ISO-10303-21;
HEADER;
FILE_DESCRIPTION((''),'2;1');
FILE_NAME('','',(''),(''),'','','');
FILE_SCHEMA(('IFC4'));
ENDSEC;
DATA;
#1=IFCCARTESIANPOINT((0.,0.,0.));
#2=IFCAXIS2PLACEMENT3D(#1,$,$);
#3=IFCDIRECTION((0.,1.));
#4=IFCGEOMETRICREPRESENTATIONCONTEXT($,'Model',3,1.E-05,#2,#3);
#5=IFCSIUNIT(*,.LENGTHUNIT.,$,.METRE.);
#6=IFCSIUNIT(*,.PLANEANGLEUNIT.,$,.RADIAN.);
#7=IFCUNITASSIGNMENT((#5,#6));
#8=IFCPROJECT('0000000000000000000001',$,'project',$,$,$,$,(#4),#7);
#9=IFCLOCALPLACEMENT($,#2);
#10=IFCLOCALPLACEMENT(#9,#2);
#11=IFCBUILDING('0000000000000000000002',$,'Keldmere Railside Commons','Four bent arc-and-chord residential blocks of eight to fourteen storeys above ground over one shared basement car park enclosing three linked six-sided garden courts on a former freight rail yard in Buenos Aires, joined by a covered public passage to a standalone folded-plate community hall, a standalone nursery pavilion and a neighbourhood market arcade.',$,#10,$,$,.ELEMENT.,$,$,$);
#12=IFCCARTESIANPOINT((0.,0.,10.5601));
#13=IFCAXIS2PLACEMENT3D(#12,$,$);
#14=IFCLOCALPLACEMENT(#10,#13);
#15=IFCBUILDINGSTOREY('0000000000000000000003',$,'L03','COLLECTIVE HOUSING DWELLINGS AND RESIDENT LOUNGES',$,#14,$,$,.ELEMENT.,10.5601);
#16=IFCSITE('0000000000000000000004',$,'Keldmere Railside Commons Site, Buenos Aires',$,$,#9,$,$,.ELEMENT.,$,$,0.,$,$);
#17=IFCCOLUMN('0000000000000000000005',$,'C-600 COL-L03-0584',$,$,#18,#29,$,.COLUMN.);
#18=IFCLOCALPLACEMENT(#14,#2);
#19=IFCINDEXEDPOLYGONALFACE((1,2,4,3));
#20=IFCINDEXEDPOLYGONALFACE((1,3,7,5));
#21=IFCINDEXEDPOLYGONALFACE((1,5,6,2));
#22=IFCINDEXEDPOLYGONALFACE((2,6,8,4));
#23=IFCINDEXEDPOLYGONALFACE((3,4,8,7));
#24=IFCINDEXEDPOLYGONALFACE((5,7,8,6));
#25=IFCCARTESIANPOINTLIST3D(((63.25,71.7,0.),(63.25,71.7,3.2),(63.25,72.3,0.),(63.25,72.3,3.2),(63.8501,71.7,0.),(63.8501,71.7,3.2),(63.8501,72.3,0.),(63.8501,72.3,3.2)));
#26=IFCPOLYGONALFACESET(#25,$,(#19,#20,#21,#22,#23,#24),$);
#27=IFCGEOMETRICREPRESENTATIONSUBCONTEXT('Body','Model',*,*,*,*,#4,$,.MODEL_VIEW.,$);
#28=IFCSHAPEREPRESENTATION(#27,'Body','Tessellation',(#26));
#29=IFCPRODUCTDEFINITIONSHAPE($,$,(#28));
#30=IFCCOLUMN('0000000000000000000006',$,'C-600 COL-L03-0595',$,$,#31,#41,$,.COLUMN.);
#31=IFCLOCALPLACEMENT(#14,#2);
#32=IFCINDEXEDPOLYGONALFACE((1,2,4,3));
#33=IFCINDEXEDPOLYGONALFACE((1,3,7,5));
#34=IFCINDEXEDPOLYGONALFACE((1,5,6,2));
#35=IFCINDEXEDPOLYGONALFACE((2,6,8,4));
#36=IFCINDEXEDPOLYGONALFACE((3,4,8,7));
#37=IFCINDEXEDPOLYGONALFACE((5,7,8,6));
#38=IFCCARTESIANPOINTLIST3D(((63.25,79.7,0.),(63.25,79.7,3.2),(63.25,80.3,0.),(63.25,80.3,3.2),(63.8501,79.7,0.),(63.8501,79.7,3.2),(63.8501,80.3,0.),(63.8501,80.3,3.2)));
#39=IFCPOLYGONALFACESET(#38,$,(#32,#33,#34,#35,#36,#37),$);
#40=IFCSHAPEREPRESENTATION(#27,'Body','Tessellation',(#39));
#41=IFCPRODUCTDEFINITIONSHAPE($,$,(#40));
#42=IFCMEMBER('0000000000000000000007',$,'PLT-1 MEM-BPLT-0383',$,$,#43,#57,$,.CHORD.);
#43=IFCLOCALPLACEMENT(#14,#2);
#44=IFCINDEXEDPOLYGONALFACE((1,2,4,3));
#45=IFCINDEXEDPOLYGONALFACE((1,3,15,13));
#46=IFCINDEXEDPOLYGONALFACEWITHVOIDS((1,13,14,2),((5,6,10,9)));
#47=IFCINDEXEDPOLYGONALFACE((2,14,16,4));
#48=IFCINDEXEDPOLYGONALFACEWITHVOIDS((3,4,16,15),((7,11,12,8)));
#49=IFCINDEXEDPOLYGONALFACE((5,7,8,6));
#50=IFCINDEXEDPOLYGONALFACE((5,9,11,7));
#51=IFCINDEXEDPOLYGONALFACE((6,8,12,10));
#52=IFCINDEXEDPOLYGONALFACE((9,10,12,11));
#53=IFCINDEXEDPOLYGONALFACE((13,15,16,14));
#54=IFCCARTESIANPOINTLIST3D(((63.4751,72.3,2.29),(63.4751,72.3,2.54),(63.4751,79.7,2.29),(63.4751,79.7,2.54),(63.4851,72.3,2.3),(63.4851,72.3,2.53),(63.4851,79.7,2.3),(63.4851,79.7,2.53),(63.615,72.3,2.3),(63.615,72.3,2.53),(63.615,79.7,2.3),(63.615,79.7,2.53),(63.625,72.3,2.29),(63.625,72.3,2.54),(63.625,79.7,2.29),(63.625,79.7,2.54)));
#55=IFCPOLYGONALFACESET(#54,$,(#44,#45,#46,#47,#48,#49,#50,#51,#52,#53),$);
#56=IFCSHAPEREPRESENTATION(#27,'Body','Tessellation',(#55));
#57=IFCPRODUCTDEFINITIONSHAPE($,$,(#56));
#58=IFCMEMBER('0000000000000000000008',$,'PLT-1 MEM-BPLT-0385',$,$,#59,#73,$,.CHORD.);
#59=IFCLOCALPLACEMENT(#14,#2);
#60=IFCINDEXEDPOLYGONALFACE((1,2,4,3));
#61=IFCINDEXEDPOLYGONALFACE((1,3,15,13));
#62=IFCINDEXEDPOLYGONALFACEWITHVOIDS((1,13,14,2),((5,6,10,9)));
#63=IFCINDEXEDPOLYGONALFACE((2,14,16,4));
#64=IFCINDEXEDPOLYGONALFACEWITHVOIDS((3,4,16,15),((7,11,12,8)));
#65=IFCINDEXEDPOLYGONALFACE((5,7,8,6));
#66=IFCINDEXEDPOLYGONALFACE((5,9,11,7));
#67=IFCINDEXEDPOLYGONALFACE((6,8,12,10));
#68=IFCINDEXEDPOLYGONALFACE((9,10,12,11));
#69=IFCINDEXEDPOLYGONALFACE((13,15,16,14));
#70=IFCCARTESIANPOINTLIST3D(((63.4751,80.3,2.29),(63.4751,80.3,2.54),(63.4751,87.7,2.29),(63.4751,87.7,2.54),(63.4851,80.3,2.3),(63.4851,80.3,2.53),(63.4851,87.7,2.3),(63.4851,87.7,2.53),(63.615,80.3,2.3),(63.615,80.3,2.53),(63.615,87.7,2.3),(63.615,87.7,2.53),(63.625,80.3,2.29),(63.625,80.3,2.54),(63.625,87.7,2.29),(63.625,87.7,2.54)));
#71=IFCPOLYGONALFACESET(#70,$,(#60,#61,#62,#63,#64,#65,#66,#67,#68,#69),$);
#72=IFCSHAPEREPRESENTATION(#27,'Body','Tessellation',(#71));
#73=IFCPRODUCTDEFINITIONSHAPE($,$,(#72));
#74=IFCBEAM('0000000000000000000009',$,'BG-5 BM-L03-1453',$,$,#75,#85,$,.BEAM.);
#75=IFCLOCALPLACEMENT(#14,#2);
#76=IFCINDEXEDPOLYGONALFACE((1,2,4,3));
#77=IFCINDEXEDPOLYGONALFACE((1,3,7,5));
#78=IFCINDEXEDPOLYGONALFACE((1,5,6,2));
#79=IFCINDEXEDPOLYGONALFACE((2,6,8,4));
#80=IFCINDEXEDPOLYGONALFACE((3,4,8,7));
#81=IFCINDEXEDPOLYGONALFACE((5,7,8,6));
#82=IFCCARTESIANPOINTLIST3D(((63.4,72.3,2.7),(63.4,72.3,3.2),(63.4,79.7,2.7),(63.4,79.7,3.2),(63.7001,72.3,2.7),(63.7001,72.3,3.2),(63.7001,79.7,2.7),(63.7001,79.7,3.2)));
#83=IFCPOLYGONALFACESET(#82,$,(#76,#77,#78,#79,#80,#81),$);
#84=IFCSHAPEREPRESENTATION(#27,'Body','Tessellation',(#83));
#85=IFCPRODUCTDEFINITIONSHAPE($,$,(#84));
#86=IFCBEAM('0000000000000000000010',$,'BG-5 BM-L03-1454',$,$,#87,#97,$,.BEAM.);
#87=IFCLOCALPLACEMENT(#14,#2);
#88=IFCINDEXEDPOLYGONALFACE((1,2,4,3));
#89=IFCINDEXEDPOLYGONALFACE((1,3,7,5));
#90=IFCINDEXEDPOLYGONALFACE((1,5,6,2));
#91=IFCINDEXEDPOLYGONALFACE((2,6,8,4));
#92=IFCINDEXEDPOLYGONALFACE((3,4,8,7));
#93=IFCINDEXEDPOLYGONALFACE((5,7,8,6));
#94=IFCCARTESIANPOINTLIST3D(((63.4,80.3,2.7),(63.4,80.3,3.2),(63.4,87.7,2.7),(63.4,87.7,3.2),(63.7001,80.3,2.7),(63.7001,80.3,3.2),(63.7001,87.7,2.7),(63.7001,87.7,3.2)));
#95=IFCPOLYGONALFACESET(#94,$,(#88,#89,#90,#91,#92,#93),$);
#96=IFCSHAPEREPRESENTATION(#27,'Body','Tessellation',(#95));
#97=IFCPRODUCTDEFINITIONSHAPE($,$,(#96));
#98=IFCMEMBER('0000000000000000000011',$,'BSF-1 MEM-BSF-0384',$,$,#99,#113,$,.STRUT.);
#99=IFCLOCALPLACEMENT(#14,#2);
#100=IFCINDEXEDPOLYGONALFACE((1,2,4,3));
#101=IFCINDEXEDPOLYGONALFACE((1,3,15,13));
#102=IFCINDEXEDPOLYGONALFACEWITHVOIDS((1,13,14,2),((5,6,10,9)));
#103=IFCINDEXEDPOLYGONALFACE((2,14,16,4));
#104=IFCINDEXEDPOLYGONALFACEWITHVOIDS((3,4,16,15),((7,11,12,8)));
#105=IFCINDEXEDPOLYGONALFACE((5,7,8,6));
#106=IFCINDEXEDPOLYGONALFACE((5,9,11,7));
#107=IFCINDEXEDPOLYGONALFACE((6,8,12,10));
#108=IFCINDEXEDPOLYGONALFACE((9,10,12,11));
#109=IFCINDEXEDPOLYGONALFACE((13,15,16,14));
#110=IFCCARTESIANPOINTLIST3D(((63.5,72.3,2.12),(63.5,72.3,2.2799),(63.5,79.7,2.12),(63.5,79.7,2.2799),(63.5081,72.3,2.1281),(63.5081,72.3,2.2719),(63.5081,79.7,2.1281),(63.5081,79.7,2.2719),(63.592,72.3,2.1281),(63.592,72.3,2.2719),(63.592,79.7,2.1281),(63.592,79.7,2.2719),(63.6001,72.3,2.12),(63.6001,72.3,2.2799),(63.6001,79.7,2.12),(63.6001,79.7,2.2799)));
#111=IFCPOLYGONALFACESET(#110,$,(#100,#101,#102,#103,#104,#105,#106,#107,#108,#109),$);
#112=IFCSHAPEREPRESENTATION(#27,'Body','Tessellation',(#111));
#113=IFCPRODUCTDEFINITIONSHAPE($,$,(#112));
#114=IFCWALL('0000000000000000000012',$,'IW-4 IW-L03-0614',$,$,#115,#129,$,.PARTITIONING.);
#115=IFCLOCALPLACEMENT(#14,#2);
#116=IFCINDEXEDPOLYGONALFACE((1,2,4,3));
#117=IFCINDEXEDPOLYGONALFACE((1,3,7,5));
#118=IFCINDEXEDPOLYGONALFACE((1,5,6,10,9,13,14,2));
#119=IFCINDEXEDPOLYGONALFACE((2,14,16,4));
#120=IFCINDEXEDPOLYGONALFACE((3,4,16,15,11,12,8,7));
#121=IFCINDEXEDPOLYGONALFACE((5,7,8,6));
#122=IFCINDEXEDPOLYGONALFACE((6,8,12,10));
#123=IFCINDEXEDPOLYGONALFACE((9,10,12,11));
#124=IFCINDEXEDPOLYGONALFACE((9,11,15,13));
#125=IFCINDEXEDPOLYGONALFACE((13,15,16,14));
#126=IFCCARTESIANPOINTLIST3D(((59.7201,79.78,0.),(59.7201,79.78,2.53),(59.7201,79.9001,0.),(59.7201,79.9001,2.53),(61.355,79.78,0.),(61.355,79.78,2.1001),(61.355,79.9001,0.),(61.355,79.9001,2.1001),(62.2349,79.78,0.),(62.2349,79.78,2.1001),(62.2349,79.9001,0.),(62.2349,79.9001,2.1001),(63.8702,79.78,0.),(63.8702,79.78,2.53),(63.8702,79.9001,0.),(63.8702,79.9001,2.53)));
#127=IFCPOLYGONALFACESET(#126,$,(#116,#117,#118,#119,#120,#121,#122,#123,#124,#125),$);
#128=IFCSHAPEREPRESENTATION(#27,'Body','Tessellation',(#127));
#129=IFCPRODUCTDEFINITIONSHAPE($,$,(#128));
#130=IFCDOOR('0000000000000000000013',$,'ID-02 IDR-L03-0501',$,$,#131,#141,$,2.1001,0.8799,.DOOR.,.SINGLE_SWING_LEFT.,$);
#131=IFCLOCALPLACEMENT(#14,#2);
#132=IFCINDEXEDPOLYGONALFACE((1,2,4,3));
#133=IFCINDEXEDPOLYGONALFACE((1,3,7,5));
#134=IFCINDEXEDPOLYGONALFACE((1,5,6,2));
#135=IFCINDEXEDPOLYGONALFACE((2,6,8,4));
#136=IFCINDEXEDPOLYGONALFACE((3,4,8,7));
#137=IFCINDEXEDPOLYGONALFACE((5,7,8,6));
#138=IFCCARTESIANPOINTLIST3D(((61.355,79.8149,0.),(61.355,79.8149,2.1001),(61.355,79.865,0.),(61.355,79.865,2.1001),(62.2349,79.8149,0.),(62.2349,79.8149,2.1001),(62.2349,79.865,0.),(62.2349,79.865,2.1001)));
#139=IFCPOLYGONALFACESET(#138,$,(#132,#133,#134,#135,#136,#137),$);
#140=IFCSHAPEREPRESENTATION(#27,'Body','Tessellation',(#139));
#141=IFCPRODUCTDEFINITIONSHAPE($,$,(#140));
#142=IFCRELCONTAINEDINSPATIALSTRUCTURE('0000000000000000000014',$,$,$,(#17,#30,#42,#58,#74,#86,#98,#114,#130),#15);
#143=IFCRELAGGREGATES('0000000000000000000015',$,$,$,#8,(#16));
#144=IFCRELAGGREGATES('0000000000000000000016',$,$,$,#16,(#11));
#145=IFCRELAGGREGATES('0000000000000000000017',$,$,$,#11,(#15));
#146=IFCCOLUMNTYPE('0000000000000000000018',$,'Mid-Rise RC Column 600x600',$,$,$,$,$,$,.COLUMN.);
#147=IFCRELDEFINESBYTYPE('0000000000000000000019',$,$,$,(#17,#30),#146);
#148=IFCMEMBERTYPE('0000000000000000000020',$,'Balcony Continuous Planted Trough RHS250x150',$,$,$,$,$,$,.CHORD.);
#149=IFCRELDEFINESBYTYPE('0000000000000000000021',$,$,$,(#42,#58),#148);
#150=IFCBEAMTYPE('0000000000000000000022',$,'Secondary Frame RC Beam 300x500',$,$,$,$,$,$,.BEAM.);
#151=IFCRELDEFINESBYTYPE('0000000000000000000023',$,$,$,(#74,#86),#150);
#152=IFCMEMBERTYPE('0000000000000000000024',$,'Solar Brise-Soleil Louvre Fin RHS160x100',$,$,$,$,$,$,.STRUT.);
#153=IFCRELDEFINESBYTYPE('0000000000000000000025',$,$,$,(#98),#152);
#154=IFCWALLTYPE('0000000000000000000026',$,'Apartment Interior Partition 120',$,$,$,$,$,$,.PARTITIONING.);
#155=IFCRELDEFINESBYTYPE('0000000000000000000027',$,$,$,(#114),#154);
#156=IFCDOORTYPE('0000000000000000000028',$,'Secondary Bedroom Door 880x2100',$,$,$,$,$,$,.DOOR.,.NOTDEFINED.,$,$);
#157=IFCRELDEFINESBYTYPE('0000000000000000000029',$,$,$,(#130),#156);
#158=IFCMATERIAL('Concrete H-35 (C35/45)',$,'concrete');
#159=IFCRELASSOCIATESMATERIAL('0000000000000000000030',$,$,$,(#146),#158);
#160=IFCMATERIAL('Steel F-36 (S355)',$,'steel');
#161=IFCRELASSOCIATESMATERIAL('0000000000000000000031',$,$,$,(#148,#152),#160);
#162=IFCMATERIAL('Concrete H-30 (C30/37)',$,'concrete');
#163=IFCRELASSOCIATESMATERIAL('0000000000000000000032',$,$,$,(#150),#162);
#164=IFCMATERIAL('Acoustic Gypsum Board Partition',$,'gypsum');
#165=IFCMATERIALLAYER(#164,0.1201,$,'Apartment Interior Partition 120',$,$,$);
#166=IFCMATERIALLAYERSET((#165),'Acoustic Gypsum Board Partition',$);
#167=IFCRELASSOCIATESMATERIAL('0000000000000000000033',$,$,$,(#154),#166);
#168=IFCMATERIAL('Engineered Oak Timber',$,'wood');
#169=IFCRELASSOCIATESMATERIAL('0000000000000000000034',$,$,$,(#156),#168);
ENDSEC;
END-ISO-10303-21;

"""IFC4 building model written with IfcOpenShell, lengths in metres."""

from ifc_helpers import new_model, si_unit, direction, frame, frame_2d, origin, origin_2d, place, context, subcontext, project, spatial, rectangle, hollow_rectangle, extrude, material, layer, layer_set, material_profile, profile_set, type_object, element, fill, save


model = new_model("IFC4")

# Units and contexts
model_context = context("Model", 3, precision=1e-05, world=origin(), true_north=direction((0.0, 1.0)))
body_context = subcontext(model_context, "Body", "Model", "MODEL_VIEW")
ifc_project = project(units=[si_unit("LENGTHUNIT", "METRE"), si_unit("PLANEANGLEUNIT", "RADIAN")], contexts=[model_context])

# Site, building, storey
site_placement = place(None, origin())
site = spatial("IfcSite", under=ifc_project, at=site_placement, Name="Keldmere Railside Commons Site, Buenos Aires", CompositionType="ELEMENT", RefElevation=0.0)
building_placement = place(site_placement, origin())
building = spatial("IfcBuilding", under=site, at=building_placement, Name="Keldmere Railside Commons", Description="Four bent arc-and-chord residential blocks of eight to fourteen storeys above ground over one shared basement car park enclosing three linked six-sided garden courts on a former freight rail yard in Buenos Aires, joined by a covered public passage to a standalone folded-plate community hall, a standalone nursery pavilion and a neighbourhood market arcade.", CompositionType="ELEMENT")
storey_placement = place(building_placement, frame((0.0, 0.0, 10.5601)))
storey = spatial("IfcBuildingStorey", under=building, at=storey_placement, Name="L03", Description="COLLECTIVE HOUSING DWELLINGS AND RESIDENT LOUNGES", CompositionType="ELEMENT", Elevation=10.5601)

# Columns
ifc_material_1 = material(Name="Concrete H-35 (C35/45)", Category="concrete")
ifc_material_profile_1 = material_profile(ifc_material_1, rectangle(XDim=0.6001, YDim=0.6001, at=origin_2d()), Name="RC-600x600")
ifc_profile_set_1 = profile_set([ifc_material_profile_1], Name="Concrete H-35 (C35/45)")
column_type = type_object("IfcColumnType", Name="Mid-Rise RC Column 600x600", PredefinedType="COLUMN", material=ifc_profile_set_1)
for number, where, z_axis, x_axis, name in (
    (1, (63.55, 72.0, 0.0), (0.0, 0.0, 1.0), (1.0, 0.0, 0.0), "C-600 COL-L03-0584"),
    (2, (63.55, 80.0, 0.0), (0.0, 0.0, 1.0), (1.0, 0.0, 0.0), "C-600 COL-L03-0595"),
):
    element("IfcColumn", number, at=place(storey_placement, frame(where, z_axis=z_axis, x_axis=x_axis)), inside=storey, type_object=column_type, Name=name, PredefinedType="COLUMN", context=body_context, shape_type="SweptSolid", body=[
        extrude(rectangle(XDim=0.6001, YDim=0.6001, at=origin_2d()), origin(), (0.0, 0.0, 1.0), 3.2),
    ])

# Members
ifc_material_2 = material(Name="Steel F-36 (S355)", Category="steel")
ifc_material_profile_2 = material_profile(ifc_material_2, hollow_rectangle(XDim=0.1499, YDim=0.25, WallThickness=0.01, at=origin_2d()), Name="RHS-250x150x10")
ifc_profile_set_2 = profile_set([ifc_material_profile_2], Name="Steel F-36 (S355)")
member_type_1 = type_object("IfcMemberType", Name="Balcony Continuous Planted Trough RHS250x150", PredefinedType="CHORD", material=ifc_profile_set_2)
for number, where, z_axis, x_axis, name in (
    (3, (63.55, 72.3, 2.415), (0.0, 1.0, 0.0), (-1.0, 0.0, 0.0), "PLT-1 MEM-BPLT-0383"),
    (4, (63.55, 80.3, 2.415), (0.0, 1.0, 0.0), (-1.0, 0.0, 0.0), "PLT-1 MEM-BPLT-0385"),
):
    element("IfcMember", number, at=place(storey_placement, frame(where, z_axis=z_axis, x_axis=x_axis)), inside=storey, type_object=member_type_1, Name=name, PredefinedType="CHORD", context=body_context, shape_type="SweptSolid", body=[
        extrude(hollow_rectangle(XDim=0.1499, YDim=0.25, WallThickness=0.01, at=origin_2d()), origin(), (0.0, 0.0, 1.0), 7.3999),
    ])

# Beams
ifc_material_3 = material(Name="Concrete H-30 (C30/37)", Category="concrete")
ifc_material_profile_3 = material_profile(ifc_material_3, rectangle(XDim=0.3, YDim=0.5, at=origin_2d()), Name="RC-300x500")
ifc_profile_set_3 = profile_set([ifc_material_profile_3], Name="Concrete H-30 (C30/37)")
beam_type = type_object("IfcBeamType", Name="Secondary Frame RC Beam 300x500", PredefinedType="BEAM", material=ifc_profile_set_3)
for number, where, z_axis, x_axis, name in (
    (5, (63.55, 72.3, 2.95), (0.0, 1.0, 0.0), (-1.0, 0.0, 0.0), "BG-5 BM-L03-1453"),
    (6, (63.55, 80.3, 2.95), (0.0, 1.0, 0.0), (-1.0, 0.0, 0.0), "BG-5 BM-L03-1454"),
):
    element("IfcBeam", number, at=place(storey_placement, frame(where, z_axis=z_axis, x_axis=x_axis)), inside=storey, type_object=beam_type, Name=name, PredefinedType="BEAM", context=body_context, shape_type="SweptSolid", body=[
        extrude(rectangle(XDim=0.3, YDim=0.5, at=origin_2d()), origin(), (0.0, 0.0, 1.0), 7.3999),
    ])

# Member
ifc_material_profile_4 = material_profile(ifc_material_2, hollow_rectangle(XDim=0.1001, YDim=0.1599, WallThickness=0.0081, at=origin_2d()), Name="RHS-160x100x8")
ifc_profile_set_4 = profile_set([ifc_material_profile_4], Name="Steel F-36 (S355)")
member_type_2 = type_object("IfcMemberType", Name="Solar Brise-Soleil Louvre Fin RHS160x100", PredefinedType="STRUT", material=ifc_profile_set_4)
member_placement = place(storey_placement, frame((63.55, 72.3, 2.2), z_axis=(0.0, 1.0, 0.0), x_axis=(-1.0, 0.0, 0.0)))
element("IfcMember", 7, at=member_placement, inside=storey, type_object=member_type_2, Name="BSF-1 MEM-BSF-0384", PredefinedType="STRUT", context=body_context, shape_type="SweptSolid", body=[
    extrude(hollow_rectangle(XDim=0.1001, YDim=0.1599, WallThickness=0.0081, at=origin_2d()), origin(), (0.0, 0.0, 1.0), 7.3999),
])

# Wall, opening, door
ifc_material_4 = material(Name="Acoustic Gypsum Board Partition", Category="gypsum")
ifc_layer = layer(ifc_material_4, 0.1201, Name="Apartment Interior Partition 120")
ifc_layer_set = layer_set([ifc_layer], Name="Acoustic Gypsum Board Partition")
wall_type = type_object("IfcWallType", Name="Apartment Interior Partition 120", PredefinedType="PARTITIONING", material=ifc_layer_set)
wall_placement = place(storey_placement, frame((59.72, 79.8401, 0.0), z_axis=(0.0, 0.0, 1.0), x_axis=(1.0, 0.0, 0.0)))
wall = element("IfcWall", 8, at=wall_placement, inside=storey, type_object=wall_type, Name="IW-4 IW-L03-0614", PredefinedType="PARTITIONING", context=body_context, shape_type="SweptSolid", body=[
    extrude(rectangle(XDim=4.1501, YDim=0.1201, at=frame_2d((2.0752, 0.0))), origin(), (0.0, 0.0, 1.0), 2.53),
])
opening_placement = place(wall_placement, frame((1.635, 0.0, 0.0)))
opening = element("IfcOpeningElement", 9, at=opening_placement, cuts=wall, PredefinedType="OPENING", context=body_context, shape_type="SweptSolid", body=[
    extrude(rectangle(XDim=0.8799, YDim=2.1001, at=frame_2d((0.4399, 1.05))), frame((0.0, 0.0701, 0.0), z_axis=(0.0, -1.0, 0.0), x_axis=(1.0, 0.0, 0.0)), (0.0, 0.0, 1.0), 0.1401),
])
ifc_material_5 = material(Name="Engineered Oak Timber", Category="wood")
door_type = type_object("IfcDoorType", Name="Secondary Bedroom Door 880x2100", OperationType="NOTDEFINED", PredefinedType="DOOR", material=ifc_material_5)
door_placement = place(opening_placement, origin())
door = element("IfcDoor", 10, at=door_placement, inside=storey, type_object=door_type, Name="ID-02 IDR-L03-0501", OperationType="SINGLE_SWING_LEFT", OverallHeight=2.1001, OverallWidth=0.8799, PredefinedType="DOOR", context=body_context, shape_type="SweptSolid", body=[
    extrude(rectangle(XDim=0.8799, YDim=2.1001, at=frame_2d((0.4399, 1.05))), frame((0.0, 0.0249, 0.0), z_axis=(0.0, -1.0, 0.0), x_axis=(1.0, 0.0, 0.0)), (0.0, 0.0, 1.0), 0.05),
])
fill(opening, door)

save(model, "model.ifc")
